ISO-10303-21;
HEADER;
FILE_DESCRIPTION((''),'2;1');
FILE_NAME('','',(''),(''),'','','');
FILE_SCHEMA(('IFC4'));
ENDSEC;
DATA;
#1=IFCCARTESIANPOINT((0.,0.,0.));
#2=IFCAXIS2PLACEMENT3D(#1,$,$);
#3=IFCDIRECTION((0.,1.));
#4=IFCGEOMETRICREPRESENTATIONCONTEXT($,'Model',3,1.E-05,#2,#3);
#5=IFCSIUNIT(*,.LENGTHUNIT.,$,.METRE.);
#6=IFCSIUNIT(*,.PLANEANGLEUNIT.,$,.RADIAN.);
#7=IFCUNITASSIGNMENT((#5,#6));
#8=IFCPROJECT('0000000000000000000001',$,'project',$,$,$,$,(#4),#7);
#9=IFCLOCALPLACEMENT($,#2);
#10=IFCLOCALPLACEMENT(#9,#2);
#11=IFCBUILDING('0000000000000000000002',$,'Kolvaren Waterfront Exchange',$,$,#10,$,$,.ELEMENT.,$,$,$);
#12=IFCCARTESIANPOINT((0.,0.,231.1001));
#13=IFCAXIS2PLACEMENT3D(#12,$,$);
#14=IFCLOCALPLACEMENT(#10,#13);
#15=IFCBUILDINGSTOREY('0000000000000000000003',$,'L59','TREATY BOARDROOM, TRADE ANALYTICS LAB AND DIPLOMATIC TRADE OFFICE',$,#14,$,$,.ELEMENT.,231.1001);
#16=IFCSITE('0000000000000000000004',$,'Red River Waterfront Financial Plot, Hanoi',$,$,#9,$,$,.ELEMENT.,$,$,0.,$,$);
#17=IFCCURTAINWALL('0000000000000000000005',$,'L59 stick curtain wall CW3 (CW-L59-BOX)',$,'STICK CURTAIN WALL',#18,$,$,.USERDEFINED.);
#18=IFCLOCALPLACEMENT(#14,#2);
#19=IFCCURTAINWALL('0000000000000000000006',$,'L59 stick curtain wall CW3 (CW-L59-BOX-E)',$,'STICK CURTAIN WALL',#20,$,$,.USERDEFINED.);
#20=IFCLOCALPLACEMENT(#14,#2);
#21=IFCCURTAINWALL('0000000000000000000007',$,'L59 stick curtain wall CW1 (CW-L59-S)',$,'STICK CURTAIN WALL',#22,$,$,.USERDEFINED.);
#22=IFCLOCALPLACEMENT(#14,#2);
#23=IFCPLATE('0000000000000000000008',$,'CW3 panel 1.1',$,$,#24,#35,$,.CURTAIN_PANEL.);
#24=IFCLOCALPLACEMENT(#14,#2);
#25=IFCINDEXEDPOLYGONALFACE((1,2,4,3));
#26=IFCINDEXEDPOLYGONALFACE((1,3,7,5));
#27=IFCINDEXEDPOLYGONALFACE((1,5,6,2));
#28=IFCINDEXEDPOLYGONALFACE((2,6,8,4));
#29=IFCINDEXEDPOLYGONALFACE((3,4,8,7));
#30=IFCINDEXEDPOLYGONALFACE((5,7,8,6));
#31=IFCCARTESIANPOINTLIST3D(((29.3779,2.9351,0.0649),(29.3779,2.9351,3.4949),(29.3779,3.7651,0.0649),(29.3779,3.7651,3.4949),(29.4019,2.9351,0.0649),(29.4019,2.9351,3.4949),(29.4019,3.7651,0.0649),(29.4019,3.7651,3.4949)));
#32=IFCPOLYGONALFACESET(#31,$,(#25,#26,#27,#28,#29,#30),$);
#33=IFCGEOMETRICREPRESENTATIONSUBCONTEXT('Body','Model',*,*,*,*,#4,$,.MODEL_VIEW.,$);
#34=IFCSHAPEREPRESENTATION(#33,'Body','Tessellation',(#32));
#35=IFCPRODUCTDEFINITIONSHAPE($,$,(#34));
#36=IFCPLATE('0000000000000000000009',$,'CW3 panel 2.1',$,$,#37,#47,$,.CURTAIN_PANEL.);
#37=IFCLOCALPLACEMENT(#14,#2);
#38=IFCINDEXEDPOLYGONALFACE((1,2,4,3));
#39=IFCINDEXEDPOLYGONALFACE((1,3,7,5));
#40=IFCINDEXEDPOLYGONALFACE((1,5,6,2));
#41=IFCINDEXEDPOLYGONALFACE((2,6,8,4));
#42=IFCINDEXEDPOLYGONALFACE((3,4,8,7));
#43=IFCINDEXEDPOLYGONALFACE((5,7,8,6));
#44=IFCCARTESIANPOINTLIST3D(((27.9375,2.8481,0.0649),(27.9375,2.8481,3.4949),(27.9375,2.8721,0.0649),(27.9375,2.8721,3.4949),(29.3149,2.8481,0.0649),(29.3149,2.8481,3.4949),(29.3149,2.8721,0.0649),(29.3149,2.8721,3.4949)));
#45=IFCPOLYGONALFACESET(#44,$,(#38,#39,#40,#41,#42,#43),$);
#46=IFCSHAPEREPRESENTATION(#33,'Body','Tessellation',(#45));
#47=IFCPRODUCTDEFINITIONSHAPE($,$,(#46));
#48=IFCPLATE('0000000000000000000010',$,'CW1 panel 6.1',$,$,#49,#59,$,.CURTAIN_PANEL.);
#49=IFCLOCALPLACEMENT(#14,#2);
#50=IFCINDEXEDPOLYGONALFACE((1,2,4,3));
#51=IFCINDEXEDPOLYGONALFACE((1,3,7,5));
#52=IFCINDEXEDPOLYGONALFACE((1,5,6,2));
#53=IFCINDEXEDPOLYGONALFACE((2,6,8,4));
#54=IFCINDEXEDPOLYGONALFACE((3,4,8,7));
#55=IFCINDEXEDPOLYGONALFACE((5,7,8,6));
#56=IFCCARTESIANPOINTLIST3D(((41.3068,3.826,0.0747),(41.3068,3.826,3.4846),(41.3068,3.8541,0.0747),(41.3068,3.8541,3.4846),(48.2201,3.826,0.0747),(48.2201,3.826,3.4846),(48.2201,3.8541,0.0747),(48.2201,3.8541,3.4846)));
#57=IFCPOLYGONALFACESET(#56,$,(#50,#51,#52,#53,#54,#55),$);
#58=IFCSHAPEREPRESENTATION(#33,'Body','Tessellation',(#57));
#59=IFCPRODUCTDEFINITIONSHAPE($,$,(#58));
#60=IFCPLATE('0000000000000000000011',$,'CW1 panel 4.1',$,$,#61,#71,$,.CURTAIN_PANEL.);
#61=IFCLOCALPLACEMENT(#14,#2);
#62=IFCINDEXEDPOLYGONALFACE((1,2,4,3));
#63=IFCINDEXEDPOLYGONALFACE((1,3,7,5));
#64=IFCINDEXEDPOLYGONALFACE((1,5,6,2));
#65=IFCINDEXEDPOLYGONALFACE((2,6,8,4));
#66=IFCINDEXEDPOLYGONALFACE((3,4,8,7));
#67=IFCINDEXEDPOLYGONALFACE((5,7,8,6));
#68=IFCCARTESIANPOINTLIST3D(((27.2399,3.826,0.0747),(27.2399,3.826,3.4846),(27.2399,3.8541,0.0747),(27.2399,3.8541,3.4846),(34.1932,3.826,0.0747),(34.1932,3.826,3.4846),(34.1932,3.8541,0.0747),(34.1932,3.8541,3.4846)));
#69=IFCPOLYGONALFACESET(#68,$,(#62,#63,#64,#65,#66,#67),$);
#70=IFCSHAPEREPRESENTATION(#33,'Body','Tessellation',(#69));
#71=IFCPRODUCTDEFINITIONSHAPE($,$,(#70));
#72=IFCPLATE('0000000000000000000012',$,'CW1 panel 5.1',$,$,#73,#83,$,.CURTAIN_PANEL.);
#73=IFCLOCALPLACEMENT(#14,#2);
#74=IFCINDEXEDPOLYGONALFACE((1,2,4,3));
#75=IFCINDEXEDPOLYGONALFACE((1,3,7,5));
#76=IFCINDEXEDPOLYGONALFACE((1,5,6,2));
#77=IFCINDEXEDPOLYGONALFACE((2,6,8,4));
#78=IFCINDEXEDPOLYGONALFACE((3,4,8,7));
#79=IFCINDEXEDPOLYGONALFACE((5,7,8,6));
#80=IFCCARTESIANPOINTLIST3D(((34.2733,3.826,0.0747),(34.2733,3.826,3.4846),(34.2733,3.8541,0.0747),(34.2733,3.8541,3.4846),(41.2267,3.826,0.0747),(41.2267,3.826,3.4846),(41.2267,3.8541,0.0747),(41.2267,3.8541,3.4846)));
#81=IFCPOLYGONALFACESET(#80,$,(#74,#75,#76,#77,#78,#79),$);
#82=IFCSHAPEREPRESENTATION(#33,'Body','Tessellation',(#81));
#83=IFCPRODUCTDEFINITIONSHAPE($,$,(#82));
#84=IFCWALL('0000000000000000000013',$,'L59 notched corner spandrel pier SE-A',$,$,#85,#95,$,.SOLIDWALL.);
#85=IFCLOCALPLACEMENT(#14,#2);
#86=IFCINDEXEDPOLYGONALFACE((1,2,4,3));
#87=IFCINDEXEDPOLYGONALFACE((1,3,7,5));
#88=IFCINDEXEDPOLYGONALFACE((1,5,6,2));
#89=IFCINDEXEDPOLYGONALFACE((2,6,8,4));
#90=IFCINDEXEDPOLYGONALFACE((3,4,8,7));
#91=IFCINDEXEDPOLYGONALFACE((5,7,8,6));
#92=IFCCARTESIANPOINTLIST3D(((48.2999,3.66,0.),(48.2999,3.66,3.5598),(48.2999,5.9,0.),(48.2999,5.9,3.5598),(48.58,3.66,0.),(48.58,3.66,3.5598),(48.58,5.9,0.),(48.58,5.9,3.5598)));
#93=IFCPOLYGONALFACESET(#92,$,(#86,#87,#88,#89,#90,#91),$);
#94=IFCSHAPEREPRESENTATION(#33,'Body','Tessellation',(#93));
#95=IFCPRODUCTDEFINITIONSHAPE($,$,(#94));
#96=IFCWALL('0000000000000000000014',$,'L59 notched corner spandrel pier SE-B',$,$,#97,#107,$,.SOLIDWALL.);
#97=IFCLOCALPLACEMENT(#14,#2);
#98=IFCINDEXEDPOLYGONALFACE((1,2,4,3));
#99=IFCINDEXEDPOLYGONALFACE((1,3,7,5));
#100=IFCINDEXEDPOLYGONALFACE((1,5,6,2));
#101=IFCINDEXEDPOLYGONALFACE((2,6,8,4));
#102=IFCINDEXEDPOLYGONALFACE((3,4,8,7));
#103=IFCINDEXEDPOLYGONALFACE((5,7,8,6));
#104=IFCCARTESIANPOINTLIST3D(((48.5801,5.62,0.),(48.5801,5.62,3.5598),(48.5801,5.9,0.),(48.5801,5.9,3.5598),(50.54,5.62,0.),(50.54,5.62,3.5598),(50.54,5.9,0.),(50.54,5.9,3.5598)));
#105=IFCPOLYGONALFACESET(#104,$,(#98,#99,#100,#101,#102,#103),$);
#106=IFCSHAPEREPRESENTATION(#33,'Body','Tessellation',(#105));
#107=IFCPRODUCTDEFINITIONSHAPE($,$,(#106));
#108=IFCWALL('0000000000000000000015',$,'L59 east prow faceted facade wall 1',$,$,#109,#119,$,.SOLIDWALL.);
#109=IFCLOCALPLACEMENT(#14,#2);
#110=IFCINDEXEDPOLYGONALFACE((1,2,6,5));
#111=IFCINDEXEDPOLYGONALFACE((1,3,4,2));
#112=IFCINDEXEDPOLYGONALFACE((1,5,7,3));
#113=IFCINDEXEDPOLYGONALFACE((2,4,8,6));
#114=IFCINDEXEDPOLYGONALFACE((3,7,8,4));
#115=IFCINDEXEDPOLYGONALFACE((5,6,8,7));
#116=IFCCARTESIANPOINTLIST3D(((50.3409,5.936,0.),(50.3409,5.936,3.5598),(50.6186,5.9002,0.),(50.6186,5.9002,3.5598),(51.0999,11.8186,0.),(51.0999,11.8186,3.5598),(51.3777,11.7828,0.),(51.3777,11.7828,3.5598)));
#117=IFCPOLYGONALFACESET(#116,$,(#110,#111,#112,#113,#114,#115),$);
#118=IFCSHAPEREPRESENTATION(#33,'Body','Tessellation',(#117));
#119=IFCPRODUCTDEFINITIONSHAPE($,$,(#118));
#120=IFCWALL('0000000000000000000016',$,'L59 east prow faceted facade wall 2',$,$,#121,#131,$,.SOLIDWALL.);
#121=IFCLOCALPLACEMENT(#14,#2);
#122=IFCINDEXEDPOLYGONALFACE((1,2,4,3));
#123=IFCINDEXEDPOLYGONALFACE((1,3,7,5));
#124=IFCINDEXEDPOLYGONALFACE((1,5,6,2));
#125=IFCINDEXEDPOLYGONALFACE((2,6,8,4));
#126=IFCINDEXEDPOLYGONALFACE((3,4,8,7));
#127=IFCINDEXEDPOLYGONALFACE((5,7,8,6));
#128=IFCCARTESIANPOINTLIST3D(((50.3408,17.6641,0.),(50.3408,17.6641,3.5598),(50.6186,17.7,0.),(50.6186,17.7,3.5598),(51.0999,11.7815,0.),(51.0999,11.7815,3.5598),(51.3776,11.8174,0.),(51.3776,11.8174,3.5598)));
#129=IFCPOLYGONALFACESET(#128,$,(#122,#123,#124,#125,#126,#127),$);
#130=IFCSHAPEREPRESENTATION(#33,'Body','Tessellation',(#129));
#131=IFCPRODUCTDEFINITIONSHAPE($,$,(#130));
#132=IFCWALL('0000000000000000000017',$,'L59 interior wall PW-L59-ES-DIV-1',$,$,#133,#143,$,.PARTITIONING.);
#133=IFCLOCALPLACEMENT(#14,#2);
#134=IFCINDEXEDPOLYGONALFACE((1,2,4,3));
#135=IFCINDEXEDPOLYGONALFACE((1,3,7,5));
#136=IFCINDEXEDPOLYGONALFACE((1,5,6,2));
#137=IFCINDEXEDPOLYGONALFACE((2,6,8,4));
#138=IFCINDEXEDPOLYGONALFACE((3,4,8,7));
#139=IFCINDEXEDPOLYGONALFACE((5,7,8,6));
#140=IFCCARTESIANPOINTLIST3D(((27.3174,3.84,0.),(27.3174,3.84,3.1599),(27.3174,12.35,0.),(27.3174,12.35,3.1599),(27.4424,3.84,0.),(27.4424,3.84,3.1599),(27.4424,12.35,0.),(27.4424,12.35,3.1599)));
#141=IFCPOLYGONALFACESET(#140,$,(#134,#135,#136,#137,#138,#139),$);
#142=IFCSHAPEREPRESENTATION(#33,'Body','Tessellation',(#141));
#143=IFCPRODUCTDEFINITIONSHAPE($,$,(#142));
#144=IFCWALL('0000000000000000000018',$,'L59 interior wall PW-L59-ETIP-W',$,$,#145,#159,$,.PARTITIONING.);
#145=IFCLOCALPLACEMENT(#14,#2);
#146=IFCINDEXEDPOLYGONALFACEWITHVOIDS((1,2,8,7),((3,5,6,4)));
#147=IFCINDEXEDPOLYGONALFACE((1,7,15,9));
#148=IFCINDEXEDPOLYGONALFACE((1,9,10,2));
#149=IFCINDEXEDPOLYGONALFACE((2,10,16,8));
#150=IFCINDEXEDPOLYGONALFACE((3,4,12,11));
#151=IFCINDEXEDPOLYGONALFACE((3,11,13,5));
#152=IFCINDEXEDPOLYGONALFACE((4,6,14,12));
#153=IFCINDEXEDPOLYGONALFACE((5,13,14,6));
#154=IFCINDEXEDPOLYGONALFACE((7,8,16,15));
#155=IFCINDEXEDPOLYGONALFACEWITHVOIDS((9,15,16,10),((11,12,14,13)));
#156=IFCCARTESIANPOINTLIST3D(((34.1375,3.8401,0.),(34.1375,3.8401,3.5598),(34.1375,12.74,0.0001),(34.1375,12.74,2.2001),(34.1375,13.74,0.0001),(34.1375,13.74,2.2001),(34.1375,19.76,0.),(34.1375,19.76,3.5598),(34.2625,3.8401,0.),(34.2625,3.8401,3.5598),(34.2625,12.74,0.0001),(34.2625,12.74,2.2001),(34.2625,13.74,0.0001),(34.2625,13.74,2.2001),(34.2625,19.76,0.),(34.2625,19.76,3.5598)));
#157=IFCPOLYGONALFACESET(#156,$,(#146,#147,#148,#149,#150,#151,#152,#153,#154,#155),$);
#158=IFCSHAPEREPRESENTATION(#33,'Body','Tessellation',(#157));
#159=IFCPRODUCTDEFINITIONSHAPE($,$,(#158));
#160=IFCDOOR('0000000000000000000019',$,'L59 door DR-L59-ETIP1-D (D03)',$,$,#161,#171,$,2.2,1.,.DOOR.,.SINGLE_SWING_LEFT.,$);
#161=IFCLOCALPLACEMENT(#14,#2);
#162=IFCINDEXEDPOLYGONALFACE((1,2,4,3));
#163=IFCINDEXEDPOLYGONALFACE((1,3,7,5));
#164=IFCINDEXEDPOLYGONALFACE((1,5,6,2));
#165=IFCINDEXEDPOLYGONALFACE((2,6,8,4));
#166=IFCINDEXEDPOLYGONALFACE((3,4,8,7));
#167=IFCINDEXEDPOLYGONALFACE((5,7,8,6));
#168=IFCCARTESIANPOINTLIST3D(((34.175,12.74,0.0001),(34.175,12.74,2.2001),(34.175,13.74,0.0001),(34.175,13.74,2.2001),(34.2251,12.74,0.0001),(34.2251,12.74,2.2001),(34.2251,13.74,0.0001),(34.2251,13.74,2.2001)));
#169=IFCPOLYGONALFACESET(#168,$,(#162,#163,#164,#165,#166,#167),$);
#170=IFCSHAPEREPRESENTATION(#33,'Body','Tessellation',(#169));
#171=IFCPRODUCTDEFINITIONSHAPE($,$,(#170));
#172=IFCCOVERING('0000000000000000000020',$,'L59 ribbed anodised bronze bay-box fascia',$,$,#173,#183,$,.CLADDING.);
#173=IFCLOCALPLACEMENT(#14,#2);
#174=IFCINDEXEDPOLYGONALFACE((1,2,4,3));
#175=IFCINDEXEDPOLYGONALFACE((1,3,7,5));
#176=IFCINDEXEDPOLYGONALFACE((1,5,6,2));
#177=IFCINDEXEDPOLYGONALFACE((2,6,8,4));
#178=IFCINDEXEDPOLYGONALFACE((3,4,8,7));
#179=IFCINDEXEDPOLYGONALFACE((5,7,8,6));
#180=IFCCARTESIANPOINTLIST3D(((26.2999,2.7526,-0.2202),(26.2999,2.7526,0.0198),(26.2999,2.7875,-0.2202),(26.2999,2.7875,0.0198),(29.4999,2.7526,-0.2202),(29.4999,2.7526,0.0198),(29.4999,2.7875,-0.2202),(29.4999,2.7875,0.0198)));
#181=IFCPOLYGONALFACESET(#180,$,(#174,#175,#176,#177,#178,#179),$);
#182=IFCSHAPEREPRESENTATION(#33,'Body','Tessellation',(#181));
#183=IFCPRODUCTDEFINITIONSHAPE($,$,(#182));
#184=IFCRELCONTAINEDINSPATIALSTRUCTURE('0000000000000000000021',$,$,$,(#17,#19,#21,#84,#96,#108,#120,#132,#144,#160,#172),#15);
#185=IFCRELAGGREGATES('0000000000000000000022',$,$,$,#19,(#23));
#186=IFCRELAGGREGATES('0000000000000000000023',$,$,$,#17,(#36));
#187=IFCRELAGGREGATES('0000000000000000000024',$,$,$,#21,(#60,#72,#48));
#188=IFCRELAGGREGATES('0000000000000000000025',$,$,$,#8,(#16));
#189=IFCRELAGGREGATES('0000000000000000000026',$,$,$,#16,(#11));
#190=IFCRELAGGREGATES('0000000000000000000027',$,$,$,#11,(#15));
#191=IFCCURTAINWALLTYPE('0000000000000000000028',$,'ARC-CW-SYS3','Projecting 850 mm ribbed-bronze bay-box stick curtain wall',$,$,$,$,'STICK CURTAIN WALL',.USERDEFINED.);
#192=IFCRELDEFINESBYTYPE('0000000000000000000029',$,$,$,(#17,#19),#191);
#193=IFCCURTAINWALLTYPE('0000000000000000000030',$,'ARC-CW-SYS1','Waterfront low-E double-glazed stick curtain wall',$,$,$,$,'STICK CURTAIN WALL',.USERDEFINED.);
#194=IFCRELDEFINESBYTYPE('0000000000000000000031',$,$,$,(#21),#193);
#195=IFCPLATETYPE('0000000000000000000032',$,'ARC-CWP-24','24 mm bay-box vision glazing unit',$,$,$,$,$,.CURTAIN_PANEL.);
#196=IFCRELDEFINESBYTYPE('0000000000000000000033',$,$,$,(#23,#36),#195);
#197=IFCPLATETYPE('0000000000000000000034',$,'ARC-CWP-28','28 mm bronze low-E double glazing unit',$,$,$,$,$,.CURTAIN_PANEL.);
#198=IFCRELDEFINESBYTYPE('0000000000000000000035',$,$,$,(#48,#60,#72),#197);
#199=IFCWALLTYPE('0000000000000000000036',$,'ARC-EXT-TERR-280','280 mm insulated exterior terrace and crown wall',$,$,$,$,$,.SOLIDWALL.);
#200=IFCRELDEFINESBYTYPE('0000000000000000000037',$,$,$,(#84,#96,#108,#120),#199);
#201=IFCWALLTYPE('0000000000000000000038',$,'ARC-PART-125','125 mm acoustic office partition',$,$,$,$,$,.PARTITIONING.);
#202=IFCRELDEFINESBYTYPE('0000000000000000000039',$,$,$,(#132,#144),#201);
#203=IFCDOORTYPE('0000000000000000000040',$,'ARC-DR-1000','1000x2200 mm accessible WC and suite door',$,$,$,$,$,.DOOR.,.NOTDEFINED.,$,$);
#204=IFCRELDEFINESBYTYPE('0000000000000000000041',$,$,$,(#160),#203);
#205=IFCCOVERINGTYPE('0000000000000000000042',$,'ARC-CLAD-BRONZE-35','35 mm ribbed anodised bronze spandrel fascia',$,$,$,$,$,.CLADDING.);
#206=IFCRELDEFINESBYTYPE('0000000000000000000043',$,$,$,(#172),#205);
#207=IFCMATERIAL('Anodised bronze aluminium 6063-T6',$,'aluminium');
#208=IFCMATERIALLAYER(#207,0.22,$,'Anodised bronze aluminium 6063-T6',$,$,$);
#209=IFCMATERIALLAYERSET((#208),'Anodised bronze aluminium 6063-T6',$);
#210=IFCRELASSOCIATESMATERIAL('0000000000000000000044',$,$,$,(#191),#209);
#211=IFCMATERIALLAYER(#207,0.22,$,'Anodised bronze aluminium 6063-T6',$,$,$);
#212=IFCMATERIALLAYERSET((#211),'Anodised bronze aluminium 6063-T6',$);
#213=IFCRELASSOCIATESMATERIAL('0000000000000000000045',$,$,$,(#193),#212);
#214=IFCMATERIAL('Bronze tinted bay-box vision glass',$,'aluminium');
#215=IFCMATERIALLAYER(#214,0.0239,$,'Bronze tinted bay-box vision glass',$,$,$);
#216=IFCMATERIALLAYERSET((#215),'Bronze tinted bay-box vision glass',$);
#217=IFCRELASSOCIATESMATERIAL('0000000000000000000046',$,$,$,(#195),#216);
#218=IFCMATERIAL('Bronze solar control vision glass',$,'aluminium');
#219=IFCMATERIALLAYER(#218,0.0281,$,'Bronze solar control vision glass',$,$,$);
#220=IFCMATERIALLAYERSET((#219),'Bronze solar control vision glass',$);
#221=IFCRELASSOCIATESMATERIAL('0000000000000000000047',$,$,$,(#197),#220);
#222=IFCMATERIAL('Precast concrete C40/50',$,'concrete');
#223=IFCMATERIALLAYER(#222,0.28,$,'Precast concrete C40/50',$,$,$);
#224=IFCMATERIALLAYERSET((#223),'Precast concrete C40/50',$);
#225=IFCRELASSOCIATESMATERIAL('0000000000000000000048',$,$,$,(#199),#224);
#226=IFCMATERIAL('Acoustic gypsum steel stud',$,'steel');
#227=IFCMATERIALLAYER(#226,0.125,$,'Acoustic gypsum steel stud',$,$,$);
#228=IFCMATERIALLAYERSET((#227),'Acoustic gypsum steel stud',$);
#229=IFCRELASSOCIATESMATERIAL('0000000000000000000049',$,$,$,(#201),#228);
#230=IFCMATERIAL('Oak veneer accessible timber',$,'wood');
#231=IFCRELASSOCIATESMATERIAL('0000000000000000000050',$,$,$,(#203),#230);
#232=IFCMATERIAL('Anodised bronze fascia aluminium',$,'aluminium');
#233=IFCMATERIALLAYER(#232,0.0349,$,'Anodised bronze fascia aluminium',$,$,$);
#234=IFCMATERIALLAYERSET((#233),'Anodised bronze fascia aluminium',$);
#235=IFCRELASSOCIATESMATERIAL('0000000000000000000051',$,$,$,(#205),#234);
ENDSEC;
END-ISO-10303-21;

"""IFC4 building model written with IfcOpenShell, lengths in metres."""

from ifc_helpers import new_model, si_unit, direction, frame, frame_2d, origin, origin_with_axes, origin_2d, place, context, subcontext, project, spatial, rectangle, extrude, source, transform, mapped, material, layer, layer_set, type_object, element, fill, aggregate, save


model = new_model("IFC4")

# Units and contexts
model_context = context("Model", 3, precision=1e-05, world=origin(), true_north=direction((0.0, 1.0)))
body_context = subcontext(model_context, "Body", "Model", "MODEL_VIEW")
ifc_project = project(units=[si_unit("LENGTHUNIT", "METRE"), si_unit("PLANEANGLEUNIT", "RADIAN")], contexts=[model_context])

# Site, building, storey
site_placement = place(None, origin())
site = spatial("IfcSite", under=ifc_project, at=site_placement, Name="Red River Waterfront Financial Plot, Hanoi", CompositionType="ELEMENT", RefElevation=0.0)
building_placement = place(site_placement, origin())
building = spatial("IfcBuilding", under=site, at=building_placement, Name="Kolvaren Waterfront Exchange", CompositionType="ELEMENT")
storey_placement = place(building_placement, frame((0.0, 0.0, 231.1001)))
storey = spatial("IfcBuildingStorey", under=building, at=storey_placement, Name="L59", Description="TREATY BOARDROOM, TRADE ANALYTICS LAB AND DIPLOMATIC TRADE OFFICE", CompositionType="ELEMENT", Elevation=231.1001)

# Curtain walls
ifc_material_1 = material(Name="Anodised bronze aluminium 6063-T6", Category="aluminium")
ifc_layer_1 = layer(ifc_material_1, 0.22, Name="Anodised bronze aluminium 6063-T6")
ifc_layer_set_1 = layer_set([ifc_layer_1], Name="Anodised bronze aluminium 6063-T6")
curtain_wall_type_1 = type_object("IfcCurtainWallType", Name="ARC-CW-SYS3", Description="Projecting 850 mm ribbed-bronze bay-box stick curtain wall", ElementType="STICK CURTAIN WALL", PredefinedType="USERDEFINED", material=ifc_layer_set_1)
curtain_wall_1_placement = place(storey_placement, origin())
curtain_wall_1 = element("IfcCurtainWall", 1, at=curtain_wall_1_placement, inside=storey, type_object=curtain_wall_type_1, Name="L59 stick curtain wall CW3 (CW-L59-BOX)", ObjectType="STICK CURTAIN WALL", PredefinedType="USERDEFINED")
curtain_wall_2_placement = place(storey_placement, origin())
curtain_wall_2 = element("IfcCurtainWall", 2, at=curtain_wall_2_placement, inside=storey, type_object=curtain_wall_type_1, Name="L59 stick curtain wall CW3 (CW-L59-BOX-E)", ObjectType="STICK CURTAIN WALL", PredefinedType="USERDEFINED")

# Curtain wall
ifc_layer_2 = layer(ifc_material_1, 0.22, Name="Anodised bronze aluminium 6063-T6")
ifc_layer_set_2 = layer_set([ifc_layer_2], Name="Anodised bronze aluminium 6063-T6")
curtain_wall_type_2 = type_object("IfcCurtainWallType", Name="ARC-CW-SYS1", Description="Waterfront low-E double-glazed stick curtain wall", ElementType="STICK CURTAIN WALL", PredefinedType="USERDEFINED", material=ifc_layer_set_2)
curtain_wall_3_placement = place(storey_placement, origin())
curtain_wall_3 = element("IfcCurtainWall", 3, at=curtain_wall_3_placement, inside=storey, type_object=curtain_wall_type_2, Name="L59 stick curtain wall CW1 (CW-L59-S)", ObjectType="STICK CURTAIN WALL", PredefinedType="USERDEFINED")

# Plates
ifc_material_2 = material(Name="Bronze tinted bay-box vision glass", Category="aluminium")
ifc_layer_3 = layer(ifc_material_2, 0.0239, Name="Bronze tinted bay-box vision glass")
ifc_layer_set_3 = layer_set([ifc_layer_3], Name="Bronze tinted bay-box vision glass")
plate_type_1 = type_object("IfcPlateType", Name="ARC-CWP-24", Description="24 mm bay-box vision glazing unit", PredefinedType="CURTAIN_PANEL", material=ifc_layer_set_3)
shared_shape_1 = source(origin_with_axes(), body_context, "Body", "SweptSolid", [
    extrude(rectangle(XDim=0.8301, YDim=0.0239, at=origin_2d()), origin(), (0.0, 0.0, 1.0), 3.4299),
])
plate_1_placement = place(storey_placement, frame((29.3899, 3.3501, 0.0649), z_axis=(0.0, 0.0, 1.0), x_axis=(0.0, 1.0, 0.0)))
plate_1 = element("IfcPlate", 4, at=plate_1_placement, type_object=plate_type_1, Name="CW3 panel 1.1", PredefinedType="CURTAIN_PANEL", context=body_context, shape_type="MappedRepresentation", body=[
    mapped(shared_shape_1, transform((0.0, 0.0, 0.0), x_axis=(1.0, 0.0, 0.0), y_axis=(0.0, 1.0, 0.0), z_axis=(0.0, 0.0, 1.0), scale=1.0)),
])
aggregate(curtain_wall_2, [plate_1])
shared_shape_2 = source(origin_with_axes(), body_context, "Body", "SweptSolid", [
    extrude(rectangle(XDim=1.3774, YDim=0.0239, at=origin_2d()), origin(), (0.0, 0.0, 1.0), 3.4299),
])
plate_2_placement = place(storey_placement, frame((28.6262, 2.8601, 0.0649), z_axis=(0.0, 0.0, 1.0), x_axis=(1.0, 0.0, 0.0)))
plate_2 = element("IfcPlate", 5, at=plate_2_placement, type_object=plate_type_1, Name="CW3 panel 2.1", PredefinedType="CURTAIN_PANEL", context=body_context, shape_type="MappedRepresentation", body=[
    mapped(shared_shape_2, transform((0.0, 0.0, 0.0), x_axis=(1.0, 0.0, 0.0), y_axis=(0.0, 1.0, 0.0), z_axis=(0.0, 0.0, 1.0), scale=1.0)),
])
aggregate(curtain_wall_1, [plate_2])
ifc_material_3 = material(Name="Bronze solar control vision glass", Category="aluminium")
ifc_layer_4 = layer(ifc_material_3, 0.0281, Name="Bronze solar control vision glass")
ifc_layer_set_4 = layer_set([ifc_layer_4], Name="Bronze solar control vision glass")
plate_type_2 = type_object("IfcPlateType", Name="ARC-CWP-28", Description="28 mm bronze low-E double glazing unit", PredefinedType="CURTAIN_PANEL", material=ifc_layer_set_4)
shared_shape_3 = source(origin_with_axes(), body_context, "Body", "SweptSolid", [
    extrude(rectangle(XDim=6.9133, YDim=0.0281, at=origin_2d()), origin(), (0.0, 0.0, 1.0), 3.4099),
])
plate_3_placement = place(storey_placement, frame((44.7634, 3.8401, 0.0747), z_axis=(0.0, 0.0, 1.0), x_axis=(1.0, 0.0, 0.0)))
plate_3 = element("IfcPlate", 6, at=plate_3_placement, type_object=plate_type_2, Name="CW1 panel 6.1", PredefinedType="CURTAIN_PANEL", context=body_context, shape_type="MappedRepresentation", body=[
    mapped(shared_shape_3, transform((0.0, 0.0, 0.0), x_axis=(1.0, 0.0, 0.0), y_axis=(0.0, 1.0, 0.0), z_axis=(0.0, 0.0, 1.0), scale=1.0)),
])
shared_shape_4 = source(origin_with_axes(), body_context, "Body", "SweptSolid", [
    extrude(rectangle(XDim=6.9534, YDim=0.0281, at=origin_2d()), origin(), (0.0, 0.0, 1.0), 3.4099),
])
plate_4_placement = place(storey_placement, frame((30.7166, 3.8401, 0.0747), z_axis=(0.0, 0.0, 1.0), x_axis=(1.0, 0.0, 0.0)))
plate_4 = element("IfcPlate", 7, at=plate_4_placement, type_object=plate_type_2, Name="CW1 panel 4.1", PredefinedType="CURTAIN_PANEL", context=body_context, shape_type="MappedRepresentation", body=[
    mapped(shared_shape_4, transform((0.0, 0.0, 0.0), x_axis=(1.0, 0.0, 0.0), y_axis=(0.0, 1.0, 0.0), z_axis=(0.0, 0.0, 1.0), scale=1.0)),
])
plate_5_placement = place(storey_placement, frame((37.75, 3.8401, 0.0747), z_axis=(0.0, 0.0, 1.0), x_axis=(1.0, 0.0, 0.0)))
plate_5 = element("IfcPlate", 8, at=plate_5_placement, type_object=plate_type_2, Name="CW1 panel 5.1", PredefinedType="CURTAIN_PANEL", context=body_context, shape_type="MappedRepresentation", body=[
    mapped(shared_shape_4, transform((0.0, 0.0, 0.0), x_axis=(1.0, 0.0, 0.0), y_axis=(0.0, 1.0, 0.0), z_axis=(0.0, 0.0, 1.0), scale=1.0)),
])
aggregate(curtain_wall_3, [plate_4, plate_5, plate_3])

# Walls
ifc_material_4 = material(Name="Precast concrete C40/50", Category="concrete")
ifc_layer_5 = layer(ifc_material_4, 0.28, Name="Precast concrete C40/50")
ifc_layer_set_5 = layer_set([ifc_layer_5], Name="Precast concrete C40/50")
wall_type_1 = type_object("IfcWallType", Name="ARC-EXT-TERR-280", Description="280 mm insulated exterior terrace and crown wall", PredefinedType="SOLIDWALL", material=ifc_layer_set_5)
wall_1_placement = place(storey_placement, frame((48.4399, 3.6599, 0.0), z_axis=(0.0, 0.0, 1.0), x_axis=(0.0, 1.0, 0.0)))
element("IfcWall", 9, at=wall_1_placement, inside=storey, type_object=wall_type_1, Name="L59 notched corner spandrel pier SE-A", PredefinedType="SOLIDWALL", context=body_context, shape_type="SweptSolid", body=[
    extrude(rectangle(XDim=2.24, YDim=0.28, at=frame_2d((1.1201, 0.0))), origin(), (0.0, 0.0, 1.0), 3.5598),
])
wall_2_placement = place(storey_placement, frame((48.5801, 5.76, 0.0), z_axis=(0.0, 0.0, 1.0), x_axis=(1.0, 0.0, 0.0)))
element("IfcWall", 10, at=wall_2_placement, inside=storey, type_object=wall_type_1, Name="L59 notched corner spandrel pier SE-B", PredefinedType="SOLIDWALL", context=body_context, shape_type="SweptSolid", body=[
    extrude(rectangle(XDim=1.96, YDim=0.28, at=frame_2d((0.98, 0.0))), origin(), (0.0, 0.0, 1.0), 3.5598),
])
for number, where, z_axis, x_axis, name in (
    (11, (50.4797, 5.918, 0.0), (0.0, 0.0, 1.0), (0.12797, 0.991778, 0.0), "L59 east prow faceted facade wall 1"),
    (12, (51.2388, 11.7993, 0.0), (0.0, 0.0, 1.0), (-0.12797, 0.991778, 0.0), "L59 east prow faceted facade wall 2"),
):
    element("IfcWall", number, at=place(storey_placement, frame(where, z_axis=z_axis, x_axis=x_axis)), inside=storey, type_object=wall_type_1, Name=name, PredefinedType="SOLIDWALL", context=body_context, shape_type="SweptSolid", body=[
        extrude(rectangle(XDim=5.9314, YDim=0.28, at=frame_2d((2.9658, 0.0))), origin(), (0.0, 0.0, 1.0), 3.5598),
    ])
ifc_material_5 = material(Name="Acoustic gypsum steel stud", Category="steel")
ifc_layer_6 = layer(ifc_material_5, 0.125, Name="Acoustic gypsum steel stud")
ifc_layer_set_6 = layer_set([ifc_layer_6], Name="Acoustic gypsum steel stud")
wall_type_2 = type_object("IfcWallType", Name="ARC-PART-125", Description="125 mm acoustic office partition", PredefinedType="PARTITIONING", material=ifc_layer_set_6)
wall_3_placement = place(storey_placement, frame((27.3799, 3.8401, 0.0), z_axis=(0.0, 0.0, 1.0), x_axis=(0.0, 1.0, 0.0)))
element("IfcWall", 13, at=wall_3_placement, inside=storey, type_object=wall_type_2, Name="L59 interior wall PW-L59-ES-DIV-1", PredefinedType="PARTITIONING", context=body_context, shape_type="SweptSolid", body=[
    extrude(rectangle(XDim=8.51, YDim=0.125, at=frame_2d((4.2549, 0.0))), origin(), (0.0, 0.0, 1.0), 3.1599),
])

# Wall, opening, door
wall_4_placement = place(storey_placement, frame((34.2, 3.8401, 0.0), z_axis=(0.0, 0.0, 1.0), x_axis=(0.0, 1.0, 0.0)))
wall_4 = element("IfcWall", 14, at=wall_4_placement, inside=storey, type_object=wall_type_2, Name="L59 interior wall PW-L59-ETIP-W", PredefinedType="PARTITIONING", context=body_context, shape_type="SweptSolid", body=[
    extrude(rectangle(XDim=15.9199, YDim=0.125, at=frame_2d((7.96, 0.0))), origin(), (0.0, 0.0, 1.0), 3.5598),
])
opening_placement = place(wall_4_placement, frame((8.8999, 0.0, 0.0)))
opening = element("IfcOpeningElement", 15, at=opening_placement, cuts=wall_4, PredefinedType="OPENING", context=body_context, shape_type="SweptSolid", body=[
    extrude(rectangle(XDim=1.0, YDim=2.2, at=frame_2d((0.5, 1.1001))), frame((0.0, 0.0725, 0.0), z_axis=(0.0, -1.0, 0.0), x_axis=(1.0, 0.0, 0.0)), (0.0, 0.0, 1.0), 0.145),
])
ifc_material_6 = material(Name="Oak veneer accessible timber", Category="wood")
door_type = type_object("IfcDoorType", Name="ARC-DR-1000", Description="1000x2200 mm accessible WC and suite door", OperationType="NOTDEFINED", PredefinedType="DOOR", material=ifc_material_6)
door_placement = place(opening_placement, origin())
door = element("IfcDoor", 16, at=door_placement, inside=storey, type_object=door_type, Name="L59 door DR-L59-ETIP1-D (D03)", OperationType="SINGLE_SWING_LEFT", OverallHeight=2.2, OverallWidth=1.0, PredefinedType="DOOR", context=body_context, shape_type="SweptSolid", body=[
    extrude(rectangle(XDim=1.0, YDim=2.2, at=frame_2d((0.5, 1.1001))), frame((0.0, 0.0249, 0.0), z_axis=(0.0, -1.0, 0.0), x_axis=(1.0, 0.0, 0.0)), (0.0, 0.0, 1.0), 0.05),
])
fill(opening, door)

# Covering
ifc_material_7 = material(Name="Anodised bronze fascia aluminium", Category="aluminium")
ifc_layer_7 = layer(ifc_material_7, 0.0349, Name="Anodised bronze fascia aluminium")
ifc_layer_set_7 = layer_set([ifc_layer_7], Name="Anodised bronze fascia aluminium")
covering_type = type_object("IfcCoveringType", Name="ARC-CLAD-BRONZE-35", Description="35 mm ribbed anodised bronze spandrel fascia", PredefinedType="CLADDING", material=ifc_layer_set_7)
covering_placement = place(storey_placement, frame((27.8999, 2.77, -0.2202), z_axis=(0.0, 0.0, 1.0), x_axis=(1.0, 0.0, 0.0)))
element("IfcCovering", 17, at=covering_placement, inside=storey, type_object=covering_type, Name="L59 ribbed anodised bronze bay-box fascia", PredefinedType="CLADDING", context=body_context, shape_type="SweptSolid", body=[
    extrude(rectangle(XDim=3.2, YDim=0.0349, at=origin_2d()), origin(), (0.0, 0.0, 1.0), 0.24),
])

save(model, "model.ifc")
